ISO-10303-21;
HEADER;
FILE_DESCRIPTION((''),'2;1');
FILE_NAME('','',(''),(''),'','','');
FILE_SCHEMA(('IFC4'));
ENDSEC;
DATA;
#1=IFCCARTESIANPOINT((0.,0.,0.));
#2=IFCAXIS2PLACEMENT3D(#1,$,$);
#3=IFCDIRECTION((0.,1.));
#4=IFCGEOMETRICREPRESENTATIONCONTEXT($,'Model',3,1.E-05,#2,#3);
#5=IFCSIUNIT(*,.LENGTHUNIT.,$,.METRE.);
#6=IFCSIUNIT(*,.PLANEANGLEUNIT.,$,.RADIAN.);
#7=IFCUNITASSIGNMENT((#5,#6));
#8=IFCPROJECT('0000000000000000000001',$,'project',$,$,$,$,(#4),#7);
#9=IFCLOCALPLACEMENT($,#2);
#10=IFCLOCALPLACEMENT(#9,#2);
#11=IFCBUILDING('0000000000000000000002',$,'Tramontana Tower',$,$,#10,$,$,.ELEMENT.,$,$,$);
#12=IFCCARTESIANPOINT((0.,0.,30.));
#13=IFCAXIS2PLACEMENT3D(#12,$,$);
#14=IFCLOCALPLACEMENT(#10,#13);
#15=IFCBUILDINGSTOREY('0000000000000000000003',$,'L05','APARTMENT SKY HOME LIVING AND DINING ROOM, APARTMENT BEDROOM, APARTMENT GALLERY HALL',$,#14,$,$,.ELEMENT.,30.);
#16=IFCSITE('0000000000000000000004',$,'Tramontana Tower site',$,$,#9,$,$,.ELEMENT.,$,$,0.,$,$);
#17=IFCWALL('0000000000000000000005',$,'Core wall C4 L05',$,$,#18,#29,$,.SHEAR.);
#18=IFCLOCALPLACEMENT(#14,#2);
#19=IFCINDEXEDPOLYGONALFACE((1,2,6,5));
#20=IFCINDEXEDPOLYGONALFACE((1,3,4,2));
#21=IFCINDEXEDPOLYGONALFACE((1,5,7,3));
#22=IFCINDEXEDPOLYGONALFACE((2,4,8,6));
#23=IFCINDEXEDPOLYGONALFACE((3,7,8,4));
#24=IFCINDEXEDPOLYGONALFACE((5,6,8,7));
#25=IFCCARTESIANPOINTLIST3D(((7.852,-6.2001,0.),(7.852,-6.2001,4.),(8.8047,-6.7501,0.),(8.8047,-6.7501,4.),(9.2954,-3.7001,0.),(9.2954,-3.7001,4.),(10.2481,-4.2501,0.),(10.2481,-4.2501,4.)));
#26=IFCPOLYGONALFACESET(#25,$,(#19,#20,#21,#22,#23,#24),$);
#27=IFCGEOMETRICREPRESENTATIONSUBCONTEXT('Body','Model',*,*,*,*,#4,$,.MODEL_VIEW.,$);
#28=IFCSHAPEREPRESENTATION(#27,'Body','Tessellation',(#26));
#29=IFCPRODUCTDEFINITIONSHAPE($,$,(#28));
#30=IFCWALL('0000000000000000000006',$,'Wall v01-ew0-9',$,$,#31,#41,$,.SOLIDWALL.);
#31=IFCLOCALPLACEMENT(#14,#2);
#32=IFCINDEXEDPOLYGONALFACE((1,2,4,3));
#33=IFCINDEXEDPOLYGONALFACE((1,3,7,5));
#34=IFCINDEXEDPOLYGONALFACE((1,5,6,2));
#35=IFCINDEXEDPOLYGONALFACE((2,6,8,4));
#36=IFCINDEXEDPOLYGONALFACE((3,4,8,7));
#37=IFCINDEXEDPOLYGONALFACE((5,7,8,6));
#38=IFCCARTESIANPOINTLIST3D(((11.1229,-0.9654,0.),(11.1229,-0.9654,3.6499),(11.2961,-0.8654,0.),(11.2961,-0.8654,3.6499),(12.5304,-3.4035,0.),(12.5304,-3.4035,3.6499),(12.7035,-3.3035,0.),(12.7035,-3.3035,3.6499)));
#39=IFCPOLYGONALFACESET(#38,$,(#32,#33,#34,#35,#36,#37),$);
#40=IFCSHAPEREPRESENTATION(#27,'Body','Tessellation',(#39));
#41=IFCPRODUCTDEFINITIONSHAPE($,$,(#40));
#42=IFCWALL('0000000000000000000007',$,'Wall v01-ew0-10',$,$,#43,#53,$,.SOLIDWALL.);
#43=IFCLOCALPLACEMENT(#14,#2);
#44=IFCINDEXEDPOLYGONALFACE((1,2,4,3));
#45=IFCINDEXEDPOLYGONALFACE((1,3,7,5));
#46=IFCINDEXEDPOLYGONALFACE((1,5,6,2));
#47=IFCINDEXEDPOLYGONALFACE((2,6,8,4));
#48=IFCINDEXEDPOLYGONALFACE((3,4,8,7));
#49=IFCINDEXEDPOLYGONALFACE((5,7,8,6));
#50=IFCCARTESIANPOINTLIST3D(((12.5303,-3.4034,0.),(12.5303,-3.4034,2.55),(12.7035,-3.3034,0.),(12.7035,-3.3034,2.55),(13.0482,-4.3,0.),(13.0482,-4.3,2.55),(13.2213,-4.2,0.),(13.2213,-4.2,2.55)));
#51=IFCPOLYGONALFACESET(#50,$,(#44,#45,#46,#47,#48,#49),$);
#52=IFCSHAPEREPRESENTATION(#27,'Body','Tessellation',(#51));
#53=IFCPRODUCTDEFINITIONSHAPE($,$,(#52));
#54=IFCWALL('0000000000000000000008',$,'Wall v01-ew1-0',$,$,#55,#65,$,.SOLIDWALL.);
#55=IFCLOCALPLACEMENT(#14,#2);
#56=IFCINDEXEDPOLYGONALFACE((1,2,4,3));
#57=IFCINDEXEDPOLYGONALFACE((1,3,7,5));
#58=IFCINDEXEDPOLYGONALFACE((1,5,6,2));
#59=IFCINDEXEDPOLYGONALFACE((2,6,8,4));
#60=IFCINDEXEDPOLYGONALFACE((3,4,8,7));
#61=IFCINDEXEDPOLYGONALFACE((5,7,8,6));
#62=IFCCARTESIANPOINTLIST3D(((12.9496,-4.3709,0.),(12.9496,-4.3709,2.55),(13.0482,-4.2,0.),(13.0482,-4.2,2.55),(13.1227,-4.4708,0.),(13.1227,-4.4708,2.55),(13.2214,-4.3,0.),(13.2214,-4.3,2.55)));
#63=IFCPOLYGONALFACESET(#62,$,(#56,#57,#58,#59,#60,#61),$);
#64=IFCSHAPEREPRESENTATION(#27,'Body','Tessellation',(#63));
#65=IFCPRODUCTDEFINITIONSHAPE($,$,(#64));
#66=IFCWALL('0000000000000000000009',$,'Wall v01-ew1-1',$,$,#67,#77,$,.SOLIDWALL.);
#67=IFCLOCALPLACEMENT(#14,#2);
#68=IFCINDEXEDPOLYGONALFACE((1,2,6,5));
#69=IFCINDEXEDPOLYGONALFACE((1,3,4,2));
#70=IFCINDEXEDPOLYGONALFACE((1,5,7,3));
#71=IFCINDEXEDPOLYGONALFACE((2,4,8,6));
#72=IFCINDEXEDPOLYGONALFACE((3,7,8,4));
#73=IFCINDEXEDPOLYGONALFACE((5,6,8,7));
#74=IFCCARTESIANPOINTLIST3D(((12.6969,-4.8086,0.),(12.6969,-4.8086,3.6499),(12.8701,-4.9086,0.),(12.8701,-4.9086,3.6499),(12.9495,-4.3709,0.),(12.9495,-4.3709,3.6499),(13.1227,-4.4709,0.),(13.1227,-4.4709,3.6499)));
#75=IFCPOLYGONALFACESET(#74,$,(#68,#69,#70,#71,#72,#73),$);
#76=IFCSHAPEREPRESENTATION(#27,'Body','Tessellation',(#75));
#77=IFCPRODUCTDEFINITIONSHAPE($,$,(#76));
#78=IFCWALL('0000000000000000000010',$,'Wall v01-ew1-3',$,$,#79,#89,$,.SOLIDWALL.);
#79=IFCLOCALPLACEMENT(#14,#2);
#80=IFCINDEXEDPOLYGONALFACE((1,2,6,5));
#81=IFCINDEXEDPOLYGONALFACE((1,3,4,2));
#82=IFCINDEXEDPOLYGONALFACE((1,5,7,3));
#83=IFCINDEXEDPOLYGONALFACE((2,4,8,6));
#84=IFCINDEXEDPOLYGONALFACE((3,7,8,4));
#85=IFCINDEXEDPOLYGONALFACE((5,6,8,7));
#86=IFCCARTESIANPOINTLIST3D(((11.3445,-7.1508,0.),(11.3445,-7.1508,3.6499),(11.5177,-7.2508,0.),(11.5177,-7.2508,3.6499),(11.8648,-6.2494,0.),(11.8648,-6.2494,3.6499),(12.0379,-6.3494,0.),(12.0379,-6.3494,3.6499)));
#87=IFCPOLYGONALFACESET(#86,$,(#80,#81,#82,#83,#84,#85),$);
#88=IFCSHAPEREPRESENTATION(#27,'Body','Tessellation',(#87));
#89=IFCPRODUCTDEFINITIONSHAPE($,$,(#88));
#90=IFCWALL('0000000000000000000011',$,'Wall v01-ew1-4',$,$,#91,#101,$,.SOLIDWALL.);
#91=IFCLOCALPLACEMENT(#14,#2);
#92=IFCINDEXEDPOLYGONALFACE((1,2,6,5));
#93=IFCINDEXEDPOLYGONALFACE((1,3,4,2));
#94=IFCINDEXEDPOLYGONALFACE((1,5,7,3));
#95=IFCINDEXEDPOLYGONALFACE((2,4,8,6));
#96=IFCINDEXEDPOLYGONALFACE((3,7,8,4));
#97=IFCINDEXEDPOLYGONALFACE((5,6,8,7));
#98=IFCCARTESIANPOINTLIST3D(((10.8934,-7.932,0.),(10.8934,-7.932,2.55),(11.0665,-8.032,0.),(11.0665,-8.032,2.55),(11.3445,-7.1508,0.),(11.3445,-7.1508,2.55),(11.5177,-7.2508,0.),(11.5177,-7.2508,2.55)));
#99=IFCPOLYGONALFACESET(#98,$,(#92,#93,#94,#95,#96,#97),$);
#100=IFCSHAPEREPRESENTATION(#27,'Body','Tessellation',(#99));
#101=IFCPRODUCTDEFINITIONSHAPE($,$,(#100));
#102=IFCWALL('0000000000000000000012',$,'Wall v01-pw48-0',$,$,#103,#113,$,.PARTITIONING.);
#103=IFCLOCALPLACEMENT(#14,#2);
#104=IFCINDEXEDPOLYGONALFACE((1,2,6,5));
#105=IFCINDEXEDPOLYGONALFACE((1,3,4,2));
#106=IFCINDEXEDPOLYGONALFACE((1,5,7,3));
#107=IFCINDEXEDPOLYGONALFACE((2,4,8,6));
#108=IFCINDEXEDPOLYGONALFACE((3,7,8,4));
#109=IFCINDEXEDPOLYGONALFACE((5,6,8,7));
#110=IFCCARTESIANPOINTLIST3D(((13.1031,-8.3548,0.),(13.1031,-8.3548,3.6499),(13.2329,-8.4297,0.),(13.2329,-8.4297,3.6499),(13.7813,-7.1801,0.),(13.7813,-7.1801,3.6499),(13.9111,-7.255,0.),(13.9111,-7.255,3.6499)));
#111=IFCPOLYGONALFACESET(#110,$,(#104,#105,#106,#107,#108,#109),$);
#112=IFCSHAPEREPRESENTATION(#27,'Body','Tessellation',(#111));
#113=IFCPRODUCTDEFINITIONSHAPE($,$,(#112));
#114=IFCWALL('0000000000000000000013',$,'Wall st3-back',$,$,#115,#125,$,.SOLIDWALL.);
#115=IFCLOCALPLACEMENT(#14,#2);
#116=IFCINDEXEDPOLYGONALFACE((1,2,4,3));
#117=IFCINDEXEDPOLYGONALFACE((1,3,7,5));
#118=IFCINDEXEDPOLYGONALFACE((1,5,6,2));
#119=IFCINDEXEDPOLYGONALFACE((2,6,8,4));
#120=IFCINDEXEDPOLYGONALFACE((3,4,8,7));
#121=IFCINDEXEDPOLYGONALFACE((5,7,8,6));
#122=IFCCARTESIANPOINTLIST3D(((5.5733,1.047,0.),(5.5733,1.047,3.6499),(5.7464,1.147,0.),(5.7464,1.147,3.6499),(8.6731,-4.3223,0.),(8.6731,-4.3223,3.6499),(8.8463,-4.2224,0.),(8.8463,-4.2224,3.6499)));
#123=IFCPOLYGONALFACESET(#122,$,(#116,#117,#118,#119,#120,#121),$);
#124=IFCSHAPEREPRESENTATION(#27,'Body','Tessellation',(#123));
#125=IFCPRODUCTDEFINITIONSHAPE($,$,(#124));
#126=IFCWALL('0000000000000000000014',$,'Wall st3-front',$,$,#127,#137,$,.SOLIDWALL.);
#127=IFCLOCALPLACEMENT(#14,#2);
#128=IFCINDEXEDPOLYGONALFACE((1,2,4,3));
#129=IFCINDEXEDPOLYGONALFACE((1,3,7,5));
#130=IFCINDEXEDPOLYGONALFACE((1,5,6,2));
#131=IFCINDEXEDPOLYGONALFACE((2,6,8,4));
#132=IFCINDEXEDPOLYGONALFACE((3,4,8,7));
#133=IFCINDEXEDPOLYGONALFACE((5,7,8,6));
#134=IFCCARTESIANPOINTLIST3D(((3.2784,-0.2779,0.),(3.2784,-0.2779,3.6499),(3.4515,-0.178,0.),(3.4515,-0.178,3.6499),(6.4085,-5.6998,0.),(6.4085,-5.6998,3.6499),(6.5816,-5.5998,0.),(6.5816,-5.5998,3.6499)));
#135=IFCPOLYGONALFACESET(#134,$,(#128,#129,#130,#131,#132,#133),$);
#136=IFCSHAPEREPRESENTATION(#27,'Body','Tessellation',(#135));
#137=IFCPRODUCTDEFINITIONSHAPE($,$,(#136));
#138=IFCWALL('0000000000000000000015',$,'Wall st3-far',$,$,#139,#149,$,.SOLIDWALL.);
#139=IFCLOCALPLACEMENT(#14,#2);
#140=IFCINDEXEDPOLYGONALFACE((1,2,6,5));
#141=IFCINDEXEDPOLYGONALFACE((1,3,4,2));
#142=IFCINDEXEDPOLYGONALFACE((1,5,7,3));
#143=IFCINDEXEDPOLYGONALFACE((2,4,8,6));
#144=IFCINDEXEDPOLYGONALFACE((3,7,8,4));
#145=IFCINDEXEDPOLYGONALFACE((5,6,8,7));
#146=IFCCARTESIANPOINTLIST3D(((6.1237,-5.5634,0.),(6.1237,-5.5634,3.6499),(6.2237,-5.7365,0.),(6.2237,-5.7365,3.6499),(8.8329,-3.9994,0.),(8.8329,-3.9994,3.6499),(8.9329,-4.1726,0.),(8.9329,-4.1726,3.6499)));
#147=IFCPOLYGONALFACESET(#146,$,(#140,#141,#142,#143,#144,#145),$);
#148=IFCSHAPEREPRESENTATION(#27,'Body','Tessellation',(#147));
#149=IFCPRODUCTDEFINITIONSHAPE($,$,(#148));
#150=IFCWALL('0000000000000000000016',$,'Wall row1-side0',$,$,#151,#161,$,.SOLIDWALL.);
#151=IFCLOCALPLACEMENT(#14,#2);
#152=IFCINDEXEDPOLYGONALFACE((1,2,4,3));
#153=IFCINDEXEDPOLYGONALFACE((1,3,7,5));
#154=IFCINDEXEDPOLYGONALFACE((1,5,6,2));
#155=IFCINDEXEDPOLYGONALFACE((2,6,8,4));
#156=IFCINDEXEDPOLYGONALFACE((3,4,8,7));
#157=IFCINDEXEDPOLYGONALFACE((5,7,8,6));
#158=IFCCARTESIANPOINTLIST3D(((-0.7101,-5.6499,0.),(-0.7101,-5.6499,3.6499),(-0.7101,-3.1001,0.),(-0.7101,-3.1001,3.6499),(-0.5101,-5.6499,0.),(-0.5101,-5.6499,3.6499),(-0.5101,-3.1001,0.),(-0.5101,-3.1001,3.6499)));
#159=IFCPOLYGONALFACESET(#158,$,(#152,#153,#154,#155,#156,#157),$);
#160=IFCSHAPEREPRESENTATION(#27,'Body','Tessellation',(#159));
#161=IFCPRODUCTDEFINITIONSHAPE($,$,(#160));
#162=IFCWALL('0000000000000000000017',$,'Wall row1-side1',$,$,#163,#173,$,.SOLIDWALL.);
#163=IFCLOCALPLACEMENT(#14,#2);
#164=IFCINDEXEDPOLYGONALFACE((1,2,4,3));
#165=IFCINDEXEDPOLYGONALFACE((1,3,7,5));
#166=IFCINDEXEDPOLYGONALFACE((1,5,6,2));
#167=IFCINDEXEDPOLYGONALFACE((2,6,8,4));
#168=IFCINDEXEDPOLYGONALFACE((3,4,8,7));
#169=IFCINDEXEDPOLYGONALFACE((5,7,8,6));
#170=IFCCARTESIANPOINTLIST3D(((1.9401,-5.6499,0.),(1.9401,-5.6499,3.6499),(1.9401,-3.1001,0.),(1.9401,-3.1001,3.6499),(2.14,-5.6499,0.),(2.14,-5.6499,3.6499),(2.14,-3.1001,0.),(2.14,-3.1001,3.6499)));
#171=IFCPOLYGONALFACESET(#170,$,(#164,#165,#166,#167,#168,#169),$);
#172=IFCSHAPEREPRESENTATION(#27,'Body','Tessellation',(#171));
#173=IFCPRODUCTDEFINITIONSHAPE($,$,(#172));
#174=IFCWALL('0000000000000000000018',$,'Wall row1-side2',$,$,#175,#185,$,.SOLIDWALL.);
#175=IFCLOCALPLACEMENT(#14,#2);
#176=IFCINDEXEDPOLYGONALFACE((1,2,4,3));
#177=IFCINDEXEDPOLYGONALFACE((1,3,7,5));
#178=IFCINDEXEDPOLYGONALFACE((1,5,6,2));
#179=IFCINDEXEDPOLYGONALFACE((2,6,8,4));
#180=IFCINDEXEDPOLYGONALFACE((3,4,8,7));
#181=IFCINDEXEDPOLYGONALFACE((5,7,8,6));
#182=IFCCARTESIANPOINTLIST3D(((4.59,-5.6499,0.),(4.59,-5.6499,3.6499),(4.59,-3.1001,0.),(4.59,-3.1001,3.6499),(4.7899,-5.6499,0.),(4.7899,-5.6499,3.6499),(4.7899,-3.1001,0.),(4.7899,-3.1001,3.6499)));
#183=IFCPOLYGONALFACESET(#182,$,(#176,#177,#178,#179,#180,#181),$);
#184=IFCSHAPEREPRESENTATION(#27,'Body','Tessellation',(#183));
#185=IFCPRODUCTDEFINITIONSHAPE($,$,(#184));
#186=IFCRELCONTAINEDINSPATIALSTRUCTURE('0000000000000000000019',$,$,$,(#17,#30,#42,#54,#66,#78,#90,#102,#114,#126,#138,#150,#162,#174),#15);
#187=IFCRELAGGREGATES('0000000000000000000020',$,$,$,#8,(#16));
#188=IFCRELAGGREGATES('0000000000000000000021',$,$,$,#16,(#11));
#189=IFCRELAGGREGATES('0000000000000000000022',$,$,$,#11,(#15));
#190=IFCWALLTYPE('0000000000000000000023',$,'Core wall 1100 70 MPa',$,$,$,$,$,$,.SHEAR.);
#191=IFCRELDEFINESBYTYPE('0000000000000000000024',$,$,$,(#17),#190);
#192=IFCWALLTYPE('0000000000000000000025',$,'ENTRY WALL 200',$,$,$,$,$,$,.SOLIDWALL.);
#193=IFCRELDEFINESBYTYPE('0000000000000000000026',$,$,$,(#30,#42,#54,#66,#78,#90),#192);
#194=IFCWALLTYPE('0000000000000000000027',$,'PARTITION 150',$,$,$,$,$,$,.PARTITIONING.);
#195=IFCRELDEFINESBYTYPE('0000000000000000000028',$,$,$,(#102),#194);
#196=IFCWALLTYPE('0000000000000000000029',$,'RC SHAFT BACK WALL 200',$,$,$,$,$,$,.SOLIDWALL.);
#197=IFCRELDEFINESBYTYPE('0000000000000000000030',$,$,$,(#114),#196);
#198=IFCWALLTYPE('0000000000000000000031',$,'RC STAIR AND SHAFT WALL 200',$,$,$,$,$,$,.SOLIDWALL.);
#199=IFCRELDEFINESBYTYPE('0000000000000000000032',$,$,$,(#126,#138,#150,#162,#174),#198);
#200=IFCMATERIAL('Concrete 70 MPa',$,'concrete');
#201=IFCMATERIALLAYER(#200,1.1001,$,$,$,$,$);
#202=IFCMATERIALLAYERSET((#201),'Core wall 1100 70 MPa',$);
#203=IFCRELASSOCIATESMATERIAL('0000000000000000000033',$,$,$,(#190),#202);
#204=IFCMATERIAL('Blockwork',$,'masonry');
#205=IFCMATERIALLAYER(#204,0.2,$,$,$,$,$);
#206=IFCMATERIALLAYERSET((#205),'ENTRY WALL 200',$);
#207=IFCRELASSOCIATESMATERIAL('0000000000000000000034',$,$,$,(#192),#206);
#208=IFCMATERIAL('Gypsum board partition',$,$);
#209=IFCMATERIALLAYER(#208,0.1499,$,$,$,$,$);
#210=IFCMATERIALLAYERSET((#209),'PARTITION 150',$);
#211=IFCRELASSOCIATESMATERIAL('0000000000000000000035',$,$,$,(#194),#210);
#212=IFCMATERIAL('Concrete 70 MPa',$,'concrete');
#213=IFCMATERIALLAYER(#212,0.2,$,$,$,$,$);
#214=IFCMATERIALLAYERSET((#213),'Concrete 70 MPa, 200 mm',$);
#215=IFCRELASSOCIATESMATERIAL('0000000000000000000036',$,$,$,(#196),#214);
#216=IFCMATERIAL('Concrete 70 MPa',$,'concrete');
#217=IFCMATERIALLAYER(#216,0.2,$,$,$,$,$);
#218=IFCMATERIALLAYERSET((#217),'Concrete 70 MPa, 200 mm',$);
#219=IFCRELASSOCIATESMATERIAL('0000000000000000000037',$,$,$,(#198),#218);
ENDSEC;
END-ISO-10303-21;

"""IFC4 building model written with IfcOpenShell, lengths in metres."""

from ifc_helpers import new_model, si_unit, direction, frame, frame_2d, origin, place, context, subcontext, project, spatial, rectangle, extrude, material, layer, layer_set, type_object, element, save


model = new_model("IFC4")

# Units and contexts
model_context = context("Model", 3, precision=1e-05, world=origin(), true_north=direction((0.0, 1.0)))
body_context = subcontext(model_context, "Body", "Model", "MODEL_VIEW")
ifc_project = project(units=[si_unit("LENGTHUNIT", "METRE"), si_unit("PLANEANGLEUNIT", "RADIAN")], contexts=[model_context])

# Site, building, storey
site_placement = place(None, origin())
site = spatial("IfcSite", under=ifc_project, at=site_placement, Name="Tramontana Tower site", CompositionType="ELEMENT", RefElevation=0.0)
building_placement = place(site_placement, origin())
building = spatial("IfcBuilding", under=site, at=building_placement, Name="Tramontana Tower", CompositionType="ELEMENT")
storey_placement = place(building_placement, frame((0.0, 0.0, 30.0)))
storey = spatial("IfcBuildingStorey", under=building, at=storey_placement, Name="L05", Description="APARTMENT SKY HOME LIVING AND DINING ROOM, APARTMENT BEDROOM, APARTMENT GALLERY HALL", CompositionType="ELEMENT", Elevation=30.0)

# Wall
ifc_material_1 = material(Name="Concrete 70 MPa", Category="concrete")
ifc_layer_1 = layer(ifc_material_1, 1.1001)
ifc_layer_set_1 = layer_set([ifc_layer_1], Name="Core wall 1100 70 MPa")
wall_type_1 = type_object("IfcWallType", Name="Core wall 1100 70 MPa", PredefinedType="SHEAR", material=ifc_layer_set_1)
wall_1_placement = place(storey_placement, frame((8.3284, -6.4751, 0.0), z_axis=(0.0, 0.0, 1.0), x_axis=(0.499996, 0.866028, 0.0)))
element("IfcWall", 1, at=wall_1_placement, inside=storey, type_object=wall_type_1, Name="Core wall C4 L05", PredefinedType="SHEAR", context=body_context, shape_type="SweptSolid", body=[
    extrude(rectangle(XDim=2.8867, YDim=1.1001, at=frame_2d((1.4434, 0.0))), origin(), (0.0, 0.0, 1.0), 4.0),
])

# Walls
ifc_material_2 = material(Name="Blockwork", Category="masonry")
ifc_layer_2 = layer(ifc_material_2, 0.2)
ifc_layer_set_2 = layer_set([ifc_layer_2], Name="ENTRY WALL 200")
wall_type_2 = type_object("IfcWallType", Name="ENTRY WALL 200", PredefinedType="SOLIDWALL", material=ifc_layer_set_2)
wall_2_placement = place(storey_placement, frame((11.2095, -0.9153, 0.0), z_axis=(0.0, 0.0, 1.0), x_axis=(0.499935, -0.866063, 0.0)))
element("IfcWall", 2, at=wall_2_placement, inside=storey, type_object=wall_type_2, Name="Wall v01-ew0-9", PredefinedType="SOLIDWALL", context=body_context, shape_type="SweptSolid", body=[
    extrude(rectangle(XDim=2.8152, YDim=0.2, at=frame_2d((1.4077, 0.0))), origin(), (0.0, 0.0, 1.0), 3.6499),
])
wall_3_placement = place(storey_placement, frame((12.6169, -3.3535, 0.0), z_axis=(0.0, 0.0, 1.0), x_axis=(0.500172, -0.865926, 0.0)))
element("IfcWall", 3, at=wall_3_placement, inside=storey, type_object=wall_type_2, Name="Wall v01-ew0-10", PredefinedType="SOLIDWALL", context=body_context, shape_type="SweptSolid", body=[
    extrude(rectangle(XDim=1.0354, YDim=0.2, at=frame_2d((0.5176, 0.0))), origin(), (0.0, 0.0, 1.0), 2.55),
])
wall_4_placement = place(storey_placement, frame((13.1348, -4.25, 0.0), z_axis=(0.0, 0.0, 1.0), x_axis=(-0.499865, -0.866103, 0.0)))
element("IfcWall", 4, at=wall_4_placement, inside=storey, type_object=wall_type_2, Name="Wall v01-ew1-0", PredefinedType="SOLIDWALL", context=body_context, shape_type="SweptSolid", body=[
    extrude(rectangle(XDim=0.1973, YDim=0.2, at=frame_2d((0.0986, 0.0))), origin(), (0.0, 0.0, 1.0), 2.55),
])
wall_5_placement = place(storey_placement, frame((13.0361, -4.4209, 0.0), z_axis=(0.0, 0.0, 1.0), x_axis=(-0.499932, -0.866065, 0.0)))
element("IfcWall", 5, at=wall_5_placement, inside=storey, type_object=wall_type_2, Name="Wall v01-ew1-1", PredefinedType="SOLIDWALL", context=body_context, shape_type="SweptSolid", body=[
    extrude(rectangle(XDim=0.5054, YDim=0.2, at=frame_2d((0.2527, 0.0))), origin(), (0.0, 0.0, 1.0), 3.6499),
])

# Walls
wall_6_placement = place(storey_placement, frame((11.9514, -6.2993, 0.0), z_axis=(0.0, 0.0, 1.0), x_axis=(-0.499898, -0.866084, 0.0)))
element("IfcWall", 6, at=wall_6_placement, inside=storey, type_object=wall_type_2, Name="Wall v01-ew1-3", PredefinedType="SOLIDWALL", context=body_context, shape_type="SweptSolid", body=[
    extrude(rectangle(XDim=1.0408, YDim=0.2, at=frame_2d((0.5205, 0.0))), origin(), (0.0, 0.0, 1.0), 3.6499),
])
wall_7_placement = place(storey_placement, frame((11.4312, -7.2007, 0.0), z_axis=(0.0, 0.0, 1.0), x_axis=(-0.500097, -0.865969, 0.0)))
element("IfcWall", 7, at=wall_7_placement, inside=storey, type_object=wall_type_2, Name="Wall v01-ew1-4", PredefinedType="SOLIDWALL", context=body_context, shape_type="SweptSolid", body=[
    extrude(rectangle(XDim=0.9021, YDim=0.2, at=frame_2d((0.4512, 0.0))), origin(), (0.0, 0.0, 1.0), 2.55),
])
ifc_material_3 = material(Name="Gypsum board partition")
ifc_layer_3 = layer(ifc_material_3, 0.1499)
ifc_layer_set_3 = layer_set([ifc_layer_3], Name="PARTITION 150")
wall_type_3 = type_object("IfcWallType", Name="PARTITION 150", PredefinedType="PARTITIONING", material=ifc_layer_set_3)
wall_8_placement = place(storey_placement, frame((13.8462, -7.2175, 0.0), z_axis=(0.0, 0.0, 1.0), x_axis=(-0.499972, -0.866042, 0.0)))
element("IfcWall", 8, at=wall_8_placement, inside=storey, type_object=wall_type_3, Name="Wall v01-pw48-0", PredefinedType="PARTITIONING", context=body_context, shape_type="SweptSolid", body=[
    extrude(rectangle(XDim=1.3564, YDim=0.1499, at=frame_2d((0.6782, 0.0))), origin(), (0.0, 0.0, 1.0), 3.6499),
])
ifc_material_4 = material(Name="Concrete 70 MPa", Category="concrete")
ifc_layer_4 = layer(ifc_material_4, 0.2)
ifc_layer_set_4 = layer_set([ifc_layer_4], Name="Concrete 70 MPa, 200 mm")
wall_type_4 = type_object("IfcWallType", Name="RC SHAFT BACK WALL 200", PredefinedType="SOLIDWALL", material=ifc_layer_set_4)
wall_9_placement = place(storey_placement, frame((8.7598, -4.2725, 0.0), z_axis=(0.0, 0.0, 1.0), x_axis=(-0.49998, 0.866037, 0.0)))
element("IfcWall", 9, at=wall_9_placement, inside=storey, type_object=wall_type_4, Name="Wall st3-back", PredefinedType="SOLIDWALL", context=body_context, shape_type="SweptSolid", body=[
    extrude(rectangle(XDim=6.2, YDim=0.2, at=frame_2d((3.1001, 0.0))), origin(), (0.0, 0.0, 1.0), 3.6499),
])
ifc_material_5 = material(Name="Concrete 70 MPa", Category="concrete")
ifc_layer_5 = layer(ifc_material_5, 0.2)
ifc_layer_set_5 = layer_set([ifc_layer_5], Name="Concrete 70 MPa, 200 mm")
wall_type_5 = type_object("IfcWallType", Name="RC STAIR AND SHAFT WALL 200", PredefinedType="SOLIDWALL", material=ifc_layer_set_5)
wall_10_placement = place(storey_placement, frame((6.4951, -5.6499, 0.0), z_axis=(0.0, 0.0, 1.0), x_axis=(-0.499977, 0.866039, 0.0)))
element("IfcWall", 10, at=wall_10_placement, inside=storey, type_object=wall_type_5, Name="Wall st3-front", PredefinedType="SOLIDWALL", context=body_context, shape_type="SweptSolid", body=[
    extrude(rectangle(XDim=6.2605, YDim=0.2, at=frame_2d((3.1304, 0.0))), origin(), (0.0, 0.0, 1.0), 3.6499),
])
wall_11_placement = place(storey_placement, frame((6.1738, -5.6499, 0.0), z_axis=(0.0, 0.0, 1.0), x_axis=(0.866054, 0.49995, 0.0)))
element("IfcWall", 11, at=wall_11_placement, inside=storey, type_object=wall_type_5, Name="Wall st3-far", PredefinedType="SOLIDWALL", context=body_context, shape_type="SweptSolid", body=[
    extrude(rectangle(XDim=3.1282, YDim=0.2, at=frame_2d((1.564, 0.0))), origin(), (0.0, 0.0, 1.0), 3.6499),
])
for number, where, z_axis, x_axis, name in (
    (12, (-0.6101, -3.1001, 0.0), (0.0, 0.0, 1.0), (0.0, -1.0, 0.0), "Wall row1-side0"),
    (13, (2.04, -3.1001, 0.0), (0.0, 0.0, 1.0), (0.0, -1.0, 0.0), "Wall row1-side1"),
    (14, (4.6899, -3.1001, 0.0), (0.0, 0.0, 1.0), (0.0, -1.0, 0.0), "Wall row1-side2"),
):
    element("IfcWall", number, at=place(storey_placement, frame(where, z_axis=z_axis, x_axis=x_axis)), inside=storey, type_object=wall_type_5, Name=name, PredefinedType="SOLIDWALL", context=body_context, shape_type="SweptSolid", body=[
        extrude(rectangle(XDim=2.5498, YDim=0.2, at=frame_2d((1.2749, 0.0))), origin(), (0.0, 0.0, 1.0), 3.6499),
    ])

save(model, "model.ifc")
